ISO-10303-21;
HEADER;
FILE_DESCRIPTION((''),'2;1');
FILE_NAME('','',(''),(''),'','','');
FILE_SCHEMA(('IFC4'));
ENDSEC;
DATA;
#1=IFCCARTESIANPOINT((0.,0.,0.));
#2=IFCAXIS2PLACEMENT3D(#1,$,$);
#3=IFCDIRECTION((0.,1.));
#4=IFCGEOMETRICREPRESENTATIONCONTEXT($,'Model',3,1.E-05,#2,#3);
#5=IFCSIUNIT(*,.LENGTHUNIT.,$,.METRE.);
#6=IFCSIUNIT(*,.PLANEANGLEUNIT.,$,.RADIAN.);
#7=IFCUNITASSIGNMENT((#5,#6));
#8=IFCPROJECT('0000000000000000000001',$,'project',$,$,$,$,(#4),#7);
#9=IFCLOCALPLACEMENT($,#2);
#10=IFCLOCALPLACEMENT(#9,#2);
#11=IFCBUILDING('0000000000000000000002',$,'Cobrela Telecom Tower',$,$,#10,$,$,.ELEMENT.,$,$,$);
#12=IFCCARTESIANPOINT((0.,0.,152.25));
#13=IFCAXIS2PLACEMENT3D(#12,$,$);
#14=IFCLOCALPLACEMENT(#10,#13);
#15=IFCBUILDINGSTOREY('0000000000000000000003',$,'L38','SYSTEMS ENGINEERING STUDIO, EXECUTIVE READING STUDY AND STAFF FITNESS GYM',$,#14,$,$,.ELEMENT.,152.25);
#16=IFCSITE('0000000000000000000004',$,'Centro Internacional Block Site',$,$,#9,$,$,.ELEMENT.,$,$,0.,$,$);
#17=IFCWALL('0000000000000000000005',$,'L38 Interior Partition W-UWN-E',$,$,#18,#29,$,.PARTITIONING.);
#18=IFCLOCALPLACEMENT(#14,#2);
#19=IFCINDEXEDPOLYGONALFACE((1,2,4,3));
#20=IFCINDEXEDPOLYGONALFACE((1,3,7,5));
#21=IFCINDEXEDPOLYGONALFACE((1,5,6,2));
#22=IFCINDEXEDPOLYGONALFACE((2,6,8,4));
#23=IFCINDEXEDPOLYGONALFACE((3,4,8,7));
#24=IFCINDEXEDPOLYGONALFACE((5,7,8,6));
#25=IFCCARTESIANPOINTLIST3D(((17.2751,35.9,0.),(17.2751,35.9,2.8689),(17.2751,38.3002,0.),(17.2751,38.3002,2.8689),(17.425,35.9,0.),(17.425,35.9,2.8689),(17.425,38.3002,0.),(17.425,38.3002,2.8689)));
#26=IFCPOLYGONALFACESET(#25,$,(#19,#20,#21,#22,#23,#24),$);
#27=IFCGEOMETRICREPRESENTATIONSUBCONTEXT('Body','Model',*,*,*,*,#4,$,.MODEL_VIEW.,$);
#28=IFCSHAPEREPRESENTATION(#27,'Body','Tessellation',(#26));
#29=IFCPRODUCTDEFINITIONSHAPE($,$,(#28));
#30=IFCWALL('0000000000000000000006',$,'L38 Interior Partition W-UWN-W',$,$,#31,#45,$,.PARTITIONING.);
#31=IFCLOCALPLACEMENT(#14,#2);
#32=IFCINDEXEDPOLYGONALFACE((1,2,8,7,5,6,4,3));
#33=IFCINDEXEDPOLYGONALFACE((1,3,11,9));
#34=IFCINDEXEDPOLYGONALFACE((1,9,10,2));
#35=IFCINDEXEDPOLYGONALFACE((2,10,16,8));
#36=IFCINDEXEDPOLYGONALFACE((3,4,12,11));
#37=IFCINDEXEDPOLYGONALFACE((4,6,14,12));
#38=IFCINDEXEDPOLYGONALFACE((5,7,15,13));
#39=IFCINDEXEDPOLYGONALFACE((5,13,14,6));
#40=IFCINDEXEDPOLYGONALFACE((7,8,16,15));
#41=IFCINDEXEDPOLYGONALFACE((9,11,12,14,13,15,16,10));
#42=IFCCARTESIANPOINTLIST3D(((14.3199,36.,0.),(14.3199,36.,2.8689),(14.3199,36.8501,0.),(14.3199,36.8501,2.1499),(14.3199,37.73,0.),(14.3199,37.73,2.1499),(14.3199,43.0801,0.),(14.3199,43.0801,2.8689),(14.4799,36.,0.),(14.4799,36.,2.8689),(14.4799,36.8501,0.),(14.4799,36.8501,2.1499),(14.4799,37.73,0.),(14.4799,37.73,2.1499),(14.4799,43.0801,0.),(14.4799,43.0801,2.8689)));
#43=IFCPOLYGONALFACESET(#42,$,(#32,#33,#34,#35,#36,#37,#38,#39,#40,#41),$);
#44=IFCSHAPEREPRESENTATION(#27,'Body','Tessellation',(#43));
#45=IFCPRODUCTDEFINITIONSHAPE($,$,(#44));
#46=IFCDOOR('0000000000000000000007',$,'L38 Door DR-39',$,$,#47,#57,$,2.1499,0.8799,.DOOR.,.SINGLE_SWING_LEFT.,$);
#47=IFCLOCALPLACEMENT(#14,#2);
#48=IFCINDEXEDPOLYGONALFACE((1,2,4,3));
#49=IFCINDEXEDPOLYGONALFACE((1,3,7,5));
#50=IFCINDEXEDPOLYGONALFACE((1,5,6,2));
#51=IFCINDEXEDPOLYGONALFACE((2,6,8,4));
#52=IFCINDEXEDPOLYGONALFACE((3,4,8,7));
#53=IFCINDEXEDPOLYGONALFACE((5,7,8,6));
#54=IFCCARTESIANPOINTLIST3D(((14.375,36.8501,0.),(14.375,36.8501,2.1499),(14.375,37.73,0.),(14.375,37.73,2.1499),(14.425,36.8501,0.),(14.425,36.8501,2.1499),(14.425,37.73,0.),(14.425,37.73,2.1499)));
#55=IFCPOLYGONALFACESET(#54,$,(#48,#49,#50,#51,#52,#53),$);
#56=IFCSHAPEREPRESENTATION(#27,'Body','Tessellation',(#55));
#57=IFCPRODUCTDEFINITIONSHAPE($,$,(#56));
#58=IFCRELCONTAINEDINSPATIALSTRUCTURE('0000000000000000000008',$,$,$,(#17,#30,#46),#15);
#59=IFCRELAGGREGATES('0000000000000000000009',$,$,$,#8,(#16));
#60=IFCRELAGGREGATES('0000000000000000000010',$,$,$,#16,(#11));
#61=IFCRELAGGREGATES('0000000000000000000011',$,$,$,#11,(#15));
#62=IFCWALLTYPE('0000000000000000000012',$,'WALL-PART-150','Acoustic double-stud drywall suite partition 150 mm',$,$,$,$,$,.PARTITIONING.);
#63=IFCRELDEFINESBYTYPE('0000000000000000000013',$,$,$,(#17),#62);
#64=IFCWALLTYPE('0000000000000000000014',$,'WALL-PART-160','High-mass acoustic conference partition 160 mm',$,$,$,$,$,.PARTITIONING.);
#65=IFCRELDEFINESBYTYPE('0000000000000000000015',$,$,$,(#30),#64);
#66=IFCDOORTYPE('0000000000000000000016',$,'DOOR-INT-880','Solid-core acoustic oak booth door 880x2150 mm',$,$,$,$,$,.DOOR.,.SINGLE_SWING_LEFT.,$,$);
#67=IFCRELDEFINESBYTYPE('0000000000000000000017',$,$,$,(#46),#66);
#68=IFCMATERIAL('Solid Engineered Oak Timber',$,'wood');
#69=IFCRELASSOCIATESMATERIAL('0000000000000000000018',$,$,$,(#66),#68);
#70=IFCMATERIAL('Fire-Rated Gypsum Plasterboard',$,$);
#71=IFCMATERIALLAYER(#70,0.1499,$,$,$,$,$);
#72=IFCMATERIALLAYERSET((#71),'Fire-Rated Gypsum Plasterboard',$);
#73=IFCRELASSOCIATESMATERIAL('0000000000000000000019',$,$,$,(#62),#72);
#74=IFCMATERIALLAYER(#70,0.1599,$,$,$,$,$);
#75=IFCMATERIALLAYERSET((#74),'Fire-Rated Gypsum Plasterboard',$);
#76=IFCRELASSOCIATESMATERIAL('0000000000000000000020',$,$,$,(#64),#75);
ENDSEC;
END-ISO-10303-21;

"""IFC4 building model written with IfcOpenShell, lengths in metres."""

from ifc_helpers import new_model, si_unit, direction, frame, frame_2d, origin, place, context, subcontext, project, spatial, rectangle, extrude, material, layer, layer_set, type_object, element, fill, save


model = new_model("IFC4")

# Units and contexts
model_context = context("Model", 3, precision=1e-05, world=origin(), true_north=direction((0.0, 1.0)))
body_context = subcontext(model_context, "Body", "Model", "MODEL_VIEW")
ifc_project = project(units=[si_unit("LENGTHUNIT", "METRE"), si_unit("PLANEANGLEUNIT", "RADIAN")], contexts=[model_context])

# Site, building, storey
site_placement = place(None, origin())
site = spatial("IfcSite", under=ifc_project, at=site_placement, Name="Centro Internacional Block Site", CompositionType="ELEMENT", RefElevation=0.0)
building_placement = place(site_placement, origin())
building = spatial("IfcBuilding", under=site, at=building_placement, Name="Cobrela Telecom Tower", CompositionType="ELEMENT")
storey_placement = place(building_placement, frame((0.0, 0.0, 152.25)))
storey = spatial("IfcBuildingStorey", under=building, at=storey_placement, Name="L38", Description="SYSTEMS ENGINEERING STUDIO, EXECUTIVE READING STUDY AND STAFF FITNESS GYM", CompositionType="ELEMENT", Elevation=152.25)

# Shared definitions
ifc_material_1 = material(Name="Fire-Rated Gypsum Plasterboard")
ifc_material_2 = material(Name="Solid Engineered Oak Timber", Category="wood")
door_type = type_object("IfcDoorType", Name="DOOR-INT-880", Description="Solid-core acoustic oak booth door 880x2150 mm", OperationType="SINGLE_SWING_LEFT", PredefinedType="DOOR", material=ifc_material_2)

# Wall
ifc_layer_1 = layer(ifc_material_1, 0.1499)
ifc_layer_set_1 = layer_set([ifc_layer_1], Name="Fire-Rated Gypsum Plasterboard")
wall_type_1 = type_object("IfcWallType", Name="WALL-PART-150", Description="Acoustic double-stud drywall suite partition 150 mm", PredefinedType="PARTITIONING", material=ifc_layer_set_1)
wall_1_placement = place(storey_placement, frame((17.3501, 35.8999, 0.0), z_axis=(0.0, 0.0, 1.0), x_axis=(0.0, 1.0, 0.0)))
element("IfcWall", 1, at=wall_1_placement, inside=storey, type_object=wall_type_1, Name="L38 Interior Partition W-UWN-E", PredefinedType="PARTITIONING", context=body_context, shape_type="SweptSolid", body=[
    extrude(rectangle(XDim=2.4001, YDim=0.1499, at=frame_2d((1.2002, 0.0))), origin(), (0.0, 0.0, 1.0), 2.8689),
])

# Wall, opening, door
ifc_layer_2 = layer(ifc_material_1, 0.1599)
ifc_layer_set_2 = layer_set([ifc_layer_2], Name="Fire-Rated Gypsum Plasterboard")
wall_type_2 = type_object("IfcWallType", Name="WALL-PART-160", Description="High-mass acoustic conference partition 160 mm", PredefinedType="PARTITIONING", material=ifc_layer_set_2)
wall_2_placement = place(storey_placement, frame((14.3999, 36.0, 0.0), z_axis=(0.0, 0.0, 1.0), x_axis=(0.0, 1.0, 0.0)))
wall_2 = element("IfcWall", 2, at=wall_2_placement, inside=storey, type_object=wall_type_2, Name="L38 Interior Partition W-UWN-W", PredefinedType="PARTITIONING", context=body_context, shape_type="SweptSolid", body=[
    extrude(rectangle(XDim=7.0801, YDim=0.1599, at=frame_2d((3.54, 0.0))), origin(), (0.0, 0.0, 1.0), 2.8689),
])
opening_1_placement = place(wall_2_placement, frame((0.8501, 0.0, 0.0)))
opening_1 = element("IfcOpeningElement", 3, at=opening_1_placement, cuts=wall_2, PredefinedType="OPENING", context=body_context, shape_type="SweptSolid", body=[
    extrude(rectangle(XDim=0.8799, YDim=2.1499, at=frame_2d((0.4399, 1.075))), frame((0.0, 0.0918, 0.0), z_axis=(0.0, -1.0, 0.0), x_axis=(1.0, 0.0, 0.0)), (0.0, 0.0, 1.0), 0.1838),
])
door_1_placement = place(opening_1_placement, origin())
door_1 = element("IfcDoor", 4, at=door_1_placement, inside=storey, type_object=door_type, Name="L38 Door DR-39", OperationType="SINGLE_SWING_LEFT", OverallHeight=2.1499, OverallWidth=0.8799, PredefinedType="DOOR", context=body_context, shape_type="SweptSolid", body=[
    extrude(rectangle(XDim=0.8799, YDim=2.1499, at=frame_2d((0.4399, 1.075))), frame((0.0, 0.0249, 0.0), z_axis=(0.0, -1.0, 0.0), x_axis=(1.0, 0.0, 0.0)), (0.0, 0.0, 1.0), 0.05),
])
fill(opening_1, door_1)

save(model, "model.ifc")
